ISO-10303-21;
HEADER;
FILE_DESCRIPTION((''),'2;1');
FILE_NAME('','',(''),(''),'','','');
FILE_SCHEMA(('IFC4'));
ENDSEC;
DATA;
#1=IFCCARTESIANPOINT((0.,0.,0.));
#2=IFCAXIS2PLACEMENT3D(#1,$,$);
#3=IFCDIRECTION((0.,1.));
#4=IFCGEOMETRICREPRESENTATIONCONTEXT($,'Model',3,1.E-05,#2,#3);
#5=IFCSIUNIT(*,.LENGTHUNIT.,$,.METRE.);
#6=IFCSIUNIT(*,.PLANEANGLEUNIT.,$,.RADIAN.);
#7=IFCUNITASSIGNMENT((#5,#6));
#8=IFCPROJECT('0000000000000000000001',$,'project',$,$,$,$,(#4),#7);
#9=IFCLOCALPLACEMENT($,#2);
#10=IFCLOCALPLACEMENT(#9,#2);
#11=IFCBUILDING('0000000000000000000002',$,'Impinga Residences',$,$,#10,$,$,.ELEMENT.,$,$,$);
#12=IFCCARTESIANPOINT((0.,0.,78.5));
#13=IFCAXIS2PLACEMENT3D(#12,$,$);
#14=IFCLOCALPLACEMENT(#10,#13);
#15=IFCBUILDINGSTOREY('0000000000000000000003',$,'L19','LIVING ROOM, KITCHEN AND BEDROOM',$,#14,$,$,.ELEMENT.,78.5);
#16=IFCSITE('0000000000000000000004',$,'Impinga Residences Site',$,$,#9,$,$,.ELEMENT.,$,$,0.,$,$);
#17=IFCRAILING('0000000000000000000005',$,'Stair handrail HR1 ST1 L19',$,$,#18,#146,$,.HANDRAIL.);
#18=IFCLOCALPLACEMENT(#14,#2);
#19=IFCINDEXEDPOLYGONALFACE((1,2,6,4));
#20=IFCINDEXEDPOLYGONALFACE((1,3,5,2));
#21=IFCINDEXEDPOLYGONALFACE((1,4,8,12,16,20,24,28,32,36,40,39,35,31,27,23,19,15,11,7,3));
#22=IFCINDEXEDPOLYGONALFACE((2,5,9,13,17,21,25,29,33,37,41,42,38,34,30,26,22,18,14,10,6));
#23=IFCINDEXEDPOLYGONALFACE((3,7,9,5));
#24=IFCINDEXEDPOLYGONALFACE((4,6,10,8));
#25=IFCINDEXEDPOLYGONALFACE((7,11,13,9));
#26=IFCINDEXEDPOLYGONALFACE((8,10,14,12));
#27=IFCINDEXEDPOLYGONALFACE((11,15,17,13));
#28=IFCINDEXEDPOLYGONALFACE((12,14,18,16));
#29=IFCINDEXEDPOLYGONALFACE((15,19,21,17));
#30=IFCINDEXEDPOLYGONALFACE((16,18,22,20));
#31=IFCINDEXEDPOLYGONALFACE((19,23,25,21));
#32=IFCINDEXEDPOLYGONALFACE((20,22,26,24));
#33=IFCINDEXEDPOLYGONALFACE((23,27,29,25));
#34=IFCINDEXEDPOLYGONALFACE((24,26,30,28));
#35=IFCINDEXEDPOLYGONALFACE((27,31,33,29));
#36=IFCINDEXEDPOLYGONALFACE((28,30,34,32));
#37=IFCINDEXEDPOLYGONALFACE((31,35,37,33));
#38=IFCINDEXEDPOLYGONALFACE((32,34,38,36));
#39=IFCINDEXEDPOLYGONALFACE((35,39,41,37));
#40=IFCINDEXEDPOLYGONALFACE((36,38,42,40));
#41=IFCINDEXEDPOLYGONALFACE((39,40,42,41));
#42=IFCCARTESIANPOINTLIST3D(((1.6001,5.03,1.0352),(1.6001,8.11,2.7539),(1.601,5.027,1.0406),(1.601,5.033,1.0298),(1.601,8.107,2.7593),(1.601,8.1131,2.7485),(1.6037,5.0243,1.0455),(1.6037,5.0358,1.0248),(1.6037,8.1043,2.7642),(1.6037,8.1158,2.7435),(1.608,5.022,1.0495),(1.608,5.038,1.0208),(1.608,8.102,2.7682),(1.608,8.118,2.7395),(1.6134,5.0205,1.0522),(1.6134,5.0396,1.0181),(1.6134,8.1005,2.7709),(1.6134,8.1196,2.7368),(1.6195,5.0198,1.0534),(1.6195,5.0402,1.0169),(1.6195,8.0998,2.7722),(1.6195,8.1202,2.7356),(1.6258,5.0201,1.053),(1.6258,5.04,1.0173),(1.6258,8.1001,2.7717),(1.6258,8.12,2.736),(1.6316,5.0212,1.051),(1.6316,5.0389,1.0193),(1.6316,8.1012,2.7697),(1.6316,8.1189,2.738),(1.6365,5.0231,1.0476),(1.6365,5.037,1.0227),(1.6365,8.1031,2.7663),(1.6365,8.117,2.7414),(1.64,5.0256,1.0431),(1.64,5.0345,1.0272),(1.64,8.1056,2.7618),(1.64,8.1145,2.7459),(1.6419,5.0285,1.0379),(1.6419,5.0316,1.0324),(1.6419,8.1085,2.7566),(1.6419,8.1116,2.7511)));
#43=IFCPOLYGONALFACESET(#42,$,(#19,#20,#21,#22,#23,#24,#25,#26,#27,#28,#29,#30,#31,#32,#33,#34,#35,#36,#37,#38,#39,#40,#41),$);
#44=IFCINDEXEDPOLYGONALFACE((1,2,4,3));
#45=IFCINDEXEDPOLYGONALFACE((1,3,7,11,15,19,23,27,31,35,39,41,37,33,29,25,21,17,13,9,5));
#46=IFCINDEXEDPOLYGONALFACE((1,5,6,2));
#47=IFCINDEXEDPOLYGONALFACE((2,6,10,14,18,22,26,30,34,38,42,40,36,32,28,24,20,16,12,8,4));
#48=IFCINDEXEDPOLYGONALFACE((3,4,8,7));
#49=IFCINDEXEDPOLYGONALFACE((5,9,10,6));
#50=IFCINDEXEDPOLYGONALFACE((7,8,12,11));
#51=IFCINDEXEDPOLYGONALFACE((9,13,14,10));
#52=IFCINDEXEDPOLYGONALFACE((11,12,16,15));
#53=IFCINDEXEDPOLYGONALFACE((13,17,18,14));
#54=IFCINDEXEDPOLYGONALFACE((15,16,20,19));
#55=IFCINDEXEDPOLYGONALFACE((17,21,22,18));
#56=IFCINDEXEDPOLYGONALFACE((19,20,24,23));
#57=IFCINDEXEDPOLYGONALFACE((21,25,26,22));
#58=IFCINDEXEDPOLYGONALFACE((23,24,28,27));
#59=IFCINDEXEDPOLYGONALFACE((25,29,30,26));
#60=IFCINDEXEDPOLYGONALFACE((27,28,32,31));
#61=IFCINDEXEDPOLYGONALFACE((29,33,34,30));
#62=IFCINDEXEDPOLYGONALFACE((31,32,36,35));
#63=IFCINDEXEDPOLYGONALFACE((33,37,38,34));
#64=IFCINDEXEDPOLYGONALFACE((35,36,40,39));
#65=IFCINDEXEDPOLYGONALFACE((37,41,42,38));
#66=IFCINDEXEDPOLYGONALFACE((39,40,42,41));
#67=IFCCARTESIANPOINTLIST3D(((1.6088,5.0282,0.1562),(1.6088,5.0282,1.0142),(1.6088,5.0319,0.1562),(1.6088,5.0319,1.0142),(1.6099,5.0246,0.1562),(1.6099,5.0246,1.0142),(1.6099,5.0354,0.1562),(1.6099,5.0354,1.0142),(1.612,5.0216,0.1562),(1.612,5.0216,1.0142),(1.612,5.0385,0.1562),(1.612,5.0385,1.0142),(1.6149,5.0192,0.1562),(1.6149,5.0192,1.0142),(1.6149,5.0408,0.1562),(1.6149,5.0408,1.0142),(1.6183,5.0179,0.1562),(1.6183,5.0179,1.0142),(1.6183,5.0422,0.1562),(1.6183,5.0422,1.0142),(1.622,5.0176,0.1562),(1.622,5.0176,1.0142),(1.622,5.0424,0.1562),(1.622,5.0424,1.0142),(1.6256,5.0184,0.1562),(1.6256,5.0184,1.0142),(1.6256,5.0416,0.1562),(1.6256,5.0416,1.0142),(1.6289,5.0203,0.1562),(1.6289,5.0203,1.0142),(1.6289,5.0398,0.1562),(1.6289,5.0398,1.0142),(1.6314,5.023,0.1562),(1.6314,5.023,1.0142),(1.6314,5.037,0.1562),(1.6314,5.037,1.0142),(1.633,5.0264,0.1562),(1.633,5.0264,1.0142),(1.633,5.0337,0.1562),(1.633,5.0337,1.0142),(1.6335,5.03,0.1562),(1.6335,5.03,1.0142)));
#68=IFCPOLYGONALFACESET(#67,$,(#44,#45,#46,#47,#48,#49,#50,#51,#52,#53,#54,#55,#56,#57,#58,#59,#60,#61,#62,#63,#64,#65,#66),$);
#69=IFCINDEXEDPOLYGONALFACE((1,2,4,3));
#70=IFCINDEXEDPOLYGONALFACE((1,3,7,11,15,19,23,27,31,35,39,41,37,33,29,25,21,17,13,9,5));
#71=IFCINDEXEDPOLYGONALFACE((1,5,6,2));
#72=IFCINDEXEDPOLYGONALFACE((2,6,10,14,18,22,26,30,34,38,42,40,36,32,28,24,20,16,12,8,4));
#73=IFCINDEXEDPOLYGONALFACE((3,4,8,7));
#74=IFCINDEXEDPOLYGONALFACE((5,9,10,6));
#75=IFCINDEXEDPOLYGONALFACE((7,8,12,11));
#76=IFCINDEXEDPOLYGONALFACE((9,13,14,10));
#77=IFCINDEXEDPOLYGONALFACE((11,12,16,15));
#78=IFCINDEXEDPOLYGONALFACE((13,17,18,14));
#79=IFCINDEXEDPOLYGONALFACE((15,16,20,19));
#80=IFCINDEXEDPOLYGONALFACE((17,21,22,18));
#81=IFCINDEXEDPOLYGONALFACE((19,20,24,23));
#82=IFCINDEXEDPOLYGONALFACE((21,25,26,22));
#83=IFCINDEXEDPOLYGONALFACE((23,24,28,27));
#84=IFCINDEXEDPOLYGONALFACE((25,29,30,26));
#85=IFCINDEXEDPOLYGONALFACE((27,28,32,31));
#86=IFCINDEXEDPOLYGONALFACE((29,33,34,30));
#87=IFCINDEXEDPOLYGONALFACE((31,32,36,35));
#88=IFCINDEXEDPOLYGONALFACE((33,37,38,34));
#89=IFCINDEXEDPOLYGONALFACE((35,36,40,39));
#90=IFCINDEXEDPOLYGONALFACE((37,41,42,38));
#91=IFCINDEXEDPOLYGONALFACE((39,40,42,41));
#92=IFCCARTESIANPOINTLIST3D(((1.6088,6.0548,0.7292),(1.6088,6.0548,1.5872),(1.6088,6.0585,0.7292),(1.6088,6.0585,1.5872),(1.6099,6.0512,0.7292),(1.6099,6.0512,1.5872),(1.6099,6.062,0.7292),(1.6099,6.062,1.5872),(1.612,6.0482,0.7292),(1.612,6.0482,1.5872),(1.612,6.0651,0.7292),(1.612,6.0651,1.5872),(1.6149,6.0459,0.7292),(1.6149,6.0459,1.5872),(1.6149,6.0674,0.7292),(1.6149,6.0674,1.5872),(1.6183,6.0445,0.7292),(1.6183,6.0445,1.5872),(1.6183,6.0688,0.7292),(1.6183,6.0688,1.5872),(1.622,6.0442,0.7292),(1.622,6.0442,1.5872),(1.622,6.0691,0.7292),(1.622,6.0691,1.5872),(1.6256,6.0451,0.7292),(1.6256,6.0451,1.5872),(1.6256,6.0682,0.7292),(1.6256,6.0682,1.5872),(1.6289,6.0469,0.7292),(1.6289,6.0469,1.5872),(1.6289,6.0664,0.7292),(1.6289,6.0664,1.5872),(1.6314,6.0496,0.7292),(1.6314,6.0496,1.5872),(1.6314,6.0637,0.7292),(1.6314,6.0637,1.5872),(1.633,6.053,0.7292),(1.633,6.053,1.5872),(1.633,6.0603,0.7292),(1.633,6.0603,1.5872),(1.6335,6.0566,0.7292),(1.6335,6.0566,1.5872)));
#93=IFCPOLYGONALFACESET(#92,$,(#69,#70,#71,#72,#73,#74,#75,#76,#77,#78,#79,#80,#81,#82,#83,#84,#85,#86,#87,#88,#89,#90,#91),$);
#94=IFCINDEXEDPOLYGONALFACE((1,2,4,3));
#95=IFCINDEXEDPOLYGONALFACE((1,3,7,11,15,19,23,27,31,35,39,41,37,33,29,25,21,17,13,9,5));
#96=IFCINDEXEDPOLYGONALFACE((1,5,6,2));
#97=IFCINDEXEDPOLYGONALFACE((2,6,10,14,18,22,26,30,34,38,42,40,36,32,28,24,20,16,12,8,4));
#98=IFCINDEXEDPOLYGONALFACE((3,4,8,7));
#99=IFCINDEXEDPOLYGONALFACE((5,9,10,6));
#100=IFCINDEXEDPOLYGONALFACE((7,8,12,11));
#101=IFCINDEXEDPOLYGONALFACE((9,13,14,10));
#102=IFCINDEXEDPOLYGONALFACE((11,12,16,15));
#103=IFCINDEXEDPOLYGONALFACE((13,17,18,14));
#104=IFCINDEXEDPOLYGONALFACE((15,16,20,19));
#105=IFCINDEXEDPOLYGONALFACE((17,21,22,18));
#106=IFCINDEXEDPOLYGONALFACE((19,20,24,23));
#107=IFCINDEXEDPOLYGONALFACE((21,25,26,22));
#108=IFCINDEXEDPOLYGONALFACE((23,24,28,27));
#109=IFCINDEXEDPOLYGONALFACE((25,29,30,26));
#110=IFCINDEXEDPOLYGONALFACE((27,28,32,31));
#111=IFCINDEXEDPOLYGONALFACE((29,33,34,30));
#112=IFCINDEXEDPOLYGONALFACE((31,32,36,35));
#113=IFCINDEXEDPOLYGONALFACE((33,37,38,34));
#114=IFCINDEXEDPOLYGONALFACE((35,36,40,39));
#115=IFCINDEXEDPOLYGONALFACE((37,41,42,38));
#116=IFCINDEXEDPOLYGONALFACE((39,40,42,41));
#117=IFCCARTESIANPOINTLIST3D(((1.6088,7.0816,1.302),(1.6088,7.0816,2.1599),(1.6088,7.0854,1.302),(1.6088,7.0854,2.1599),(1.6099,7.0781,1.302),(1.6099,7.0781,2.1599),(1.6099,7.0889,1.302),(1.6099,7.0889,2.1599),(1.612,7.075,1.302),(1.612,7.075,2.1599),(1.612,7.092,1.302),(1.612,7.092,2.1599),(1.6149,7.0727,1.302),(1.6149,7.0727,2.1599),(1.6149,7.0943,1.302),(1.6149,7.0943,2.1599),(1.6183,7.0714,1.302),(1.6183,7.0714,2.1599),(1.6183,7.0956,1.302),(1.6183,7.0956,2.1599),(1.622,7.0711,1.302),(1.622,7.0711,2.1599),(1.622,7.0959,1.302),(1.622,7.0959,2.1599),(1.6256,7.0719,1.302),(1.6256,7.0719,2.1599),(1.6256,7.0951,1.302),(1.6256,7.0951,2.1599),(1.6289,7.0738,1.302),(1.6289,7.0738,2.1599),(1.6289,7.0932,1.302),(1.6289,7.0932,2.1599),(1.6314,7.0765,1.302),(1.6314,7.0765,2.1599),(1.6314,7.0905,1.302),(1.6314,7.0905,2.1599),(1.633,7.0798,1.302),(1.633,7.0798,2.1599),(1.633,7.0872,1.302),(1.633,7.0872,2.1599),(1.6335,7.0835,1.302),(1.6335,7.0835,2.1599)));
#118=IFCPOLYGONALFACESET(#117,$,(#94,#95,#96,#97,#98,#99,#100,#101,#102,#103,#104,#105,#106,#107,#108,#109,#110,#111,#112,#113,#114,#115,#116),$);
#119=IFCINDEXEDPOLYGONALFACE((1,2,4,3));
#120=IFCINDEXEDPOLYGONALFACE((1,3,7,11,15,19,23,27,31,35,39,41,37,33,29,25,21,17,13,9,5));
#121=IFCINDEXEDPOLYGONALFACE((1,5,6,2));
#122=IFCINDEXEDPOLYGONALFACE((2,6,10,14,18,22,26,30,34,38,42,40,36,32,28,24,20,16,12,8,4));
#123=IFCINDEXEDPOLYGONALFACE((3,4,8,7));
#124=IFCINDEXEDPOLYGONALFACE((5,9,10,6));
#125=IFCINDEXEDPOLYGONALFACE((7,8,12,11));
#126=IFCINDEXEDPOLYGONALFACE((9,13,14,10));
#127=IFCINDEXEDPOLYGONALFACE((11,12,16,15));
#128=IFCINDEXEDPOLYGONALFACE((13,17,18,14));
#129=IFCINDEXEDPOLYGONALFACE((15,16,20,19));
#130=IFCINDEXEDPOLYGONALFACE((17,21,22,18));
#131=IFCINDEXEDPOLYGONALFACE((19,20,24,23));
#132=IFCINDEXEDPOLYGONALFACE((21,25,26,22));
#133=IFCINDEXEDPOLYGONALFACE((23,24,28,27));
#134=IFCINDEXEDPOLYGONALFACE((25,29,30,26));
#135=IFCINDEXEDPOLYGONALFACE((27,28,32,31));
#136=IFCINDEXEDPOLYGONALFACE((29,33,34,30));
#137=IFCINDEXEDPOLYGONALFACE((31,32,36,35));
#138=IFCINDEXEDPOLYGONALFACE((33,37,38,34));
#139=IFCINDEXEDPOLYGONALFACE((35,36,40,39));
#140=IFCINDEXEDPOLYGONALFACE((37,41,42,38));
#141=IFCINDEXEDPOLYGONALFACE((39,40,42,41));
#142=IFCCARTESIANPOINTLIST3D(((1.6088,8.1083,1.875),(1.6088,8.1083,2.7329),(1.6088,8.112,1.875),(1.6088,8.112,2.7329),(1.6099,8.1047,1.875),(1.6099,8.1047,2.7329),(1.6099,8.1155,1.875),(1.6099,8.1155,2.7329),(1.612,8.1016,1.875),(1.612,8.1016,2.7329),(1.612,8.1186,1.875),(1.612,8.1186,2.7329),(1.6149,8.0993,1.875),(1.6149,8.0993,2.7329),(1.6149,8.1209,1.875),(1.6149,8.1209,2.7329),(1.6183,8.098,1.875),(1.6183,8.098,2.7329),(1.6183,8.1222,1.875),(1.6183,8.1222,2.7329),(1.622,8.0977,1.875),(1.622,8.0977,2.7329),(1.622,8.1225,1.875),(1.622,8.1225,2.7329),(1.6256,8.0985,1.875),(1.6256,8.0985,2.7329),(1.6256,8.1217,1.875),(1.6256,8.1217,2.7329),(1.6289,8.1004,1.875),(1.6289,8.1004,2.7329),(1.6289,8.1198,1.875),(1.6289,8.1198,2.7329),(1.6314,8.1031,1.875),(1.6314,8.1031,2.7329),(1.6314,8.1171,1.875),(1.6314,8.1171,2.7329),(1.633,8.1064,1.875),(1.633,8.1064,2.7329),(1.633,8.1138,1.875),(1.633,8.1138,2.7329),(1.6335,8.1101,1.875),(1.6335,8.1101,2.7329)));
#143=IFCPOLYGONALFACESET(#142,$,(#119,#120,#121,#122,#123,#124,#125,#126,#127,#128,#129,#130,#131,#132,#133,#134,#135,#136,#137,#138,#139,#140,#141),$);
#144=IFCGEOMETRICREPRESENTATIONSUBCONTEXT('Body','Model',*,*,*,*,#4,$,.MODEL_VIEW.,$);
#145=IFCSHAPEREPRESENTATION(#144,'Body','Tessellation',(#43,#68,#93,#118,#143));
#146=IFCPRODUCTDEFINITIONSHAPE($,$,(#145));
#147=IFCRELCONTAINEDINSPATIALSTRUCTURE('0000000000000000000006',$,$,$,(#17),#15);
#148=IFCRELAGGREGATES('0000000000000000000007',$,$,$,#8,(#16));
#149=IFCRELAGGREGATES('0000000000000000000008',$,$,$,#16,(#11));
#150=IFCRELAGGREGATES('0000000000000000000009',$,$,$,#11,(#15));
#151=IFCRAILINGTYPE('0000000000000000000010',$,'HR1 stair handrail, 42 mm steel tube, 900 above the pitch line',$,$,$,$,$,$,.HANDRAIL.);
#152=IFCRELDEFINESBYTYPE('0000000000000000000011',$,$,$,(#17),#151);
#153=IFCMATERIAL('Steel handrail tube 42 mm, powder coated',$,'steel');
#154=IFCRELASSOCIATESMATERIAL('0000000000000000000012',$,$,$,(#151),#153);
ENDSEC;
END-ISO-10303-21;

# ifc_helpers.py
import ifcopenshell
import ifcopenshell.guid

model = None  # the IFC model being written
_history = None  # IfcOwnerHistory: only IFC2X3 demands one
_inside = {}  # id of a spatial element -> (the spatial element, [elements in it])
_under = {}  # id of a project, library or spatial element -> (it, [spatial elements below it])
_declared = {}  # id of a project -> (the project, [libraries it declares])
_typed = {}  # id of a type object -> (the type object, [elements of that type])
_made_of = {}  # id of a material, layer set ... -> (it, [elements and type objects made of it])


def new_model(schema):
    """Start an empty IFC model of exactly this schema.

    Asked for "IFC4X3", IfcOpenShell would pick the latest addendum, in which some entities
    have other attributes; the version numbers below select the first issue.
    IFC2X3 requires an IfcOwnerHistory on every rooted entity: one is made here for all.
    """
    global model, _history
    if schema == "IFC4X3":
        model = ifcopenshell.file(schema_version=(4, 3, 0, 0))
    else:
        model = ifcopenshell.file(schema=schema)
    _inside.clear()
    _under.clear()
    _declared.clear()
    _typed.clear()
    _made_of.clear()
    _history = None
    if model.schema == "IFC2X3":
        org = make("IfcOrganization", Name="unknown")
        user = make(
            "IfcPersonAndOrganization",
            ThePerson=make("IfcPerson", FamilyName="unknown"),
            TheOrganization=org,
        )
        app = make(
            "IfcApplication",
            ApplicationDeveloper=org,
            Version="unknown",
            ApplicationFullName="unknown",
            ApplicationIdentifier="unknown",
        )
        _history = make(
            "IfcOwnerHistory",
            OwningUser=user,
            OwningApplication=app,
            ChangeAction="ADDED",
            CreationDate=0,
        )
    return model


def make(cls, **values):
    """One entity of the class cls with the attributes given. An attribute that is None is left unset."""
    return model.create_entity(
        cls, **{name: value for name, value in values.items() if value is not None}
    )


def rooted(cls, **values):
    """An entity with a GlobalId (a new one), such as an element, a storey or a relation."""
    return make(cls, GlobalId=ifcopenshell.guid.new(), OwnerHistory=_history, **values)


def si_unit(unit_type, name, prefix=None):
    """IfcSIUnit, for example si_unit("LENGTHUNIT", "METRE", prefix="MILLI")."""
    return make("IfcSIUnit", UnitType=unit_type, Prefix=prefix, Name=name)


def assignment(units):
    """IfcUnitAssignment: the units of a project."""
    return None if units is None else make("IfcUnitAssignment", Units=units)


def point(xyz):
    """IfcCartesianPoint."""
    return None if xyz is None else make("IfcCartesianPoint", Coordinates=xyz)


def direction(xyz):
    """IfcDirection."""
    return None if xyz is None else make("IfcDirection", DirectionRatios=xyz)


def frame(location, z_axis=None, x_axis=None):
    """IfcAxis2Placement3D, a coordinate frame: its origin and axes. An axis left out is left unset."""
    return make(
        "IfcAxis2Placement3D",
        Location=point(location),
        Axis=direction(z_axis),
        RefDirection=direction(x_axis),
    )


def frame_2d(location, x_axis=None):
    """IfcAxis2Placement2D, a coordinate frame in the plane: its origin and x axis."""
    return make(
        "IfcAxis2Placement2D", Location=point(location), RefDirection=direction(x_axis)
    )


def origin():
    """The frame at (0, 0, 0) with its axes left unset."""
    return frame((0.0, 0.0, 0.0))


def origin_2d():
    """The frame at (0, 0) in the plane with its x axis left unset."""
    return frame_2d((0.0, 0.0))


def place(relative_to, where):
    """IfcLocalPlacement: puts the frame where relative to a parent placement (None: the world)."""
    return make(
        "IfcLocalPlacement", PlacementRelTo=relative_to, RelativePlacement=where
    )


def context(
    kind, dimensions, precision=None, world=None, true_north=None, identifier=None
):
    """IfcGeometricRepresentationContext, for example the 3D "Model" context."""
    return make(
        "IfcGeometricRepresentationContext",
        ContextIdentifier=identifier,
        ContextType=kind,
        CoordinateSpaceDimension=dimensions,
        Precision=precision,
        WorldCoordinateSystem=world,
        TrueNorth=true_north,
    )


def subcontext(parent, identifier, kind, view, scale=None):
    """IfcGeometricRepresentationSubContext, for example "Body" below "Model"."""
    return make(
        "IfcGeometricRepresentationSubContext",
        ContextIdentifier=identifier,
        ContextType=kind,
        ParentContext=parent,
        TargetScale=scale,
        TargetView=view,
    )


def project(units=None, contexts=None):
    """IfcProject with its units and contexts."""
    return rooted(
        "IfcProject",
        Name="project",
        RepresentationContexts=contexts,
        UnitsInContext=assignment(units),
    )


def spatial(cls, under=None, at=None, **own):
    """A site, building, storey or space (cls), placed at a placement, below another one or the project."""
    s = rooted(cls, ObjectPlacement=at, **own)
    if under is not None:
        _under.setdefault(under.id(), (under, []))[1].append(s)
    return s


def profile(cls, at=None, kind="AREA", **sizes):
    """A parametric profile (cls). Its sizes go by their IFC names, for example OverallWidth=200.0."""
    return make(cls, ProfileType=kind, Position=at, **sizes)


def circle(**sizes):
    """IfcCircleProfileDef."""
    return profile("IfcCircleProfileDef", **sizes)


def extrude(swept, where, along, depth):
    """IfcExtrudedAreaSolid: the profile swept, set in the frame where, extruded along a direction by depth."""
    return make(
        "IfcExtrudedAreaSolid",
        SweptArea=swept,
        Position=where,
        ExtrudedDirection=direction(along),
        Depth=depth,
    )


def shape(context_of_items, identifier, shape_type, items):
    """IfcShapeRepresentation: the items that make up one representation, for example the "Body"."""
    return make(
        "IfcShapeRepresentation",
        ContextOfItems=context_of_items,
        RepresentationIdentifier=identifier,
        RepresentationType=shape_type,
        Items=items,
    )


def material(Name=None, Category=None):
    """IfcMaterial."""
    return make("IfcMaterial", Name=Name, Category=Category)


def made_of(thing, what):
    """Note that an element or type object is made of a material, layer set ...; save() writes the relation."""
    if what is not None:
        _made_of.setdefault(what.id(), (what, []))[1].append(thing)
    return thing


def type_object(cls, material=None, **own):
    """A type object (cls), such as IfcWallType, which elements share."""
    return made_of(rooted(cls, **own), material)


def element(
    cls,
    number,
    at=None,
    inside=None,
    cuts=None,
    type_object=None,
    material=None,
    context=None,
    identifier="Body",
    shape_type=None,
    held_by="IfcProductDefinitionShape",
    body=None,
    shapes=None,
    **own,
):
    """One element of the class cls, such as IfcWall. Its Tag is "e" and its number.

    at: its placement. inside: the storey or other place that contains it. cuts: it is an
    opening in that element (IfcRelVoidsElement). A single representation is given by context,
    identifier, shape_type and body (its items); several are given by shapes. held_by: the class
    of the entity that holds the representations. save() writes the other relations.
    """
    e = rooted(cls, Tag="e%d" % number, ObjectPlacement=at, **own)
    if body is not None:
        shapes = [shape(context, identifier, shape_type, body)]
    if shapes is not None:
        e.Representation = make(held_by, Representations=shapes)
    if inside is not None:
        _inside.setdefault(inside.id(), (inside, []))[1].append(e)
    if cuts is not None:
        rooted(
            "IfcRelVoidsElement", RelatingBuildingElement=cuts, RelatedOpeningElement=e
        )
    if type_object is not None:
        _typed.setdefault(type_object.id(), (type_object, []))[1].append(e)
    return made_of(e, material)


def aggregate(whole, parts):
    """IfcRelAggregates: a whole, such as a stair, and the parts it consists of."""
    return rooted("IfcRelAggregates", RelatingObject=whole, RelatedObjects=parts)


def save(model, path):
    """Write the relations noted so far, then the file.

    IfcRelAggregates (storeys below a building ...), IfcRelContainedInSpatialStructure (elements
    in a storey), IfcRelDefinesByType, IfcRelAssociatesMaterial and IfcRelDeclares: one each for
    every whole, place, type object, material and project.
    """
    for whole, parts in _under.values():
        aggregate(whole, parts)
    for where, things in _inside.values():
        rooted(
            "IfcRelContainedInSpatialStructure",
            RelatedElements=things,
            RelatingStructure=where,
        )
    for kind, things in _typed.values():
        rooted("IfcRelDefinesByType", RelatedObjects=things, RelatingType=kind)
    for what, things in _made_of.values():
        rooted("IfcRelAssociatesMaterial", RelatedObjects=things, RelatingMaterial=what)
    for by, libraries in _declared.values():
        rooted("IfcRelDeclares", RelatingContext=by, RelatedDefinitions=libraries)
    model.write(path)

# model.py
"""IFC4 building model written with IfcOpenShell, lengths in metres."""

from ifc_helpers import new_model, si_unit, direction, frame, origin, origin_2d, place, context, subcontext, project, spatial, circle, extrude, material, type_object, element, save


model = new_model("IFC4")

# Units and contexts
model_context = context("Model", 3, precision=1e-05, world=origin(), true_north=direction((0.0, 1.0)))
body_context = subcontext(model_context, "Body", "Model", "MODEL_VIEW")
ifc_project = project(units=[si_unit("LENGTHUNIT", "METRE"), si_unit("PLANEANGLEUNIT", "RADIAN")], contexts=[model_context])

# Site, building, storey
site_placement = place(None, origin())
site = spatial("IfcSite", under=ifc_project, at=site_placement, Name="Impinga Residences Site", CompositionType="ELEMENT", RefElevation=0.0)
building_placement = place(site_placement, origin())
building = spatial("IfcBuilding", under=site, at=building_placement, Name="Impinga Residences", CompositionType="ELEMENT")
storey_placement = place(building_placement, frame((0.0, 0.0, 78.5)))
storey = spatial("IfcBuildingStorey", under=building, at=storey_placement, Name="L19", Description="LIVING ROOM, KITCHEN AND BEDROOM", CompositionType="ELEMENT", Elevation=78.5)

# Railing
ifc_material_1 = material(Name="Steel handrail tube 42 mm, powder coated", Category="steel")
railing_type_1 = type_object("IfcRailingType", Name="HR1 stair handrail, 42 mm steel tube, 900 above the pitch line", PredefinedType="HANDRAIL", material=ifc_material_1)
railing_1_placement = place(storey_placement, frame((1.6211, 5.03, 0.1562)))
element("IfcRailing", 1, at=railing_1_placement, inside=storey, type_object=railing_type_1, Name="Stair handrail HR1 ST1 L19", PredefinedType="HANDRAIL", context=body_context, shape_type="SweptSolid", body=[
    extrude(circle(Radius=0.021, at=origin_2d()), frame((0.0, 0.0, 0.8789), z_axis=(0.0, 0.873242, 0.487288), x_axis=(-1.0, 0.0, 0.0)), (0.0, 0.0, 1.0), 3.5271),
    extrude(circle(Radius=0.0125, at=origin_2d()), origin(), (0.0, 0.0, 1.0), 0.8579),
    extrude(circle(Radius=0.0125, at=origin_2d()), frame((0.0, 1.0266, 0.573)), (0.0, 0.0, 1.0), 0.8579),
    extrude(circle(Radius=0.0125, at=origin_2d()), frame((0.0, 2.0535, 1.1458)), (0.0, 0.0, 1.0), 0.8579),
    extrude(circle(Radius=0.0125, at=origin_2d()), frame((0.0, 3.0801, 1.7188)), (0.0, 0.0, 1.0), 0.8579),
])

save(model, "model.ifc")
